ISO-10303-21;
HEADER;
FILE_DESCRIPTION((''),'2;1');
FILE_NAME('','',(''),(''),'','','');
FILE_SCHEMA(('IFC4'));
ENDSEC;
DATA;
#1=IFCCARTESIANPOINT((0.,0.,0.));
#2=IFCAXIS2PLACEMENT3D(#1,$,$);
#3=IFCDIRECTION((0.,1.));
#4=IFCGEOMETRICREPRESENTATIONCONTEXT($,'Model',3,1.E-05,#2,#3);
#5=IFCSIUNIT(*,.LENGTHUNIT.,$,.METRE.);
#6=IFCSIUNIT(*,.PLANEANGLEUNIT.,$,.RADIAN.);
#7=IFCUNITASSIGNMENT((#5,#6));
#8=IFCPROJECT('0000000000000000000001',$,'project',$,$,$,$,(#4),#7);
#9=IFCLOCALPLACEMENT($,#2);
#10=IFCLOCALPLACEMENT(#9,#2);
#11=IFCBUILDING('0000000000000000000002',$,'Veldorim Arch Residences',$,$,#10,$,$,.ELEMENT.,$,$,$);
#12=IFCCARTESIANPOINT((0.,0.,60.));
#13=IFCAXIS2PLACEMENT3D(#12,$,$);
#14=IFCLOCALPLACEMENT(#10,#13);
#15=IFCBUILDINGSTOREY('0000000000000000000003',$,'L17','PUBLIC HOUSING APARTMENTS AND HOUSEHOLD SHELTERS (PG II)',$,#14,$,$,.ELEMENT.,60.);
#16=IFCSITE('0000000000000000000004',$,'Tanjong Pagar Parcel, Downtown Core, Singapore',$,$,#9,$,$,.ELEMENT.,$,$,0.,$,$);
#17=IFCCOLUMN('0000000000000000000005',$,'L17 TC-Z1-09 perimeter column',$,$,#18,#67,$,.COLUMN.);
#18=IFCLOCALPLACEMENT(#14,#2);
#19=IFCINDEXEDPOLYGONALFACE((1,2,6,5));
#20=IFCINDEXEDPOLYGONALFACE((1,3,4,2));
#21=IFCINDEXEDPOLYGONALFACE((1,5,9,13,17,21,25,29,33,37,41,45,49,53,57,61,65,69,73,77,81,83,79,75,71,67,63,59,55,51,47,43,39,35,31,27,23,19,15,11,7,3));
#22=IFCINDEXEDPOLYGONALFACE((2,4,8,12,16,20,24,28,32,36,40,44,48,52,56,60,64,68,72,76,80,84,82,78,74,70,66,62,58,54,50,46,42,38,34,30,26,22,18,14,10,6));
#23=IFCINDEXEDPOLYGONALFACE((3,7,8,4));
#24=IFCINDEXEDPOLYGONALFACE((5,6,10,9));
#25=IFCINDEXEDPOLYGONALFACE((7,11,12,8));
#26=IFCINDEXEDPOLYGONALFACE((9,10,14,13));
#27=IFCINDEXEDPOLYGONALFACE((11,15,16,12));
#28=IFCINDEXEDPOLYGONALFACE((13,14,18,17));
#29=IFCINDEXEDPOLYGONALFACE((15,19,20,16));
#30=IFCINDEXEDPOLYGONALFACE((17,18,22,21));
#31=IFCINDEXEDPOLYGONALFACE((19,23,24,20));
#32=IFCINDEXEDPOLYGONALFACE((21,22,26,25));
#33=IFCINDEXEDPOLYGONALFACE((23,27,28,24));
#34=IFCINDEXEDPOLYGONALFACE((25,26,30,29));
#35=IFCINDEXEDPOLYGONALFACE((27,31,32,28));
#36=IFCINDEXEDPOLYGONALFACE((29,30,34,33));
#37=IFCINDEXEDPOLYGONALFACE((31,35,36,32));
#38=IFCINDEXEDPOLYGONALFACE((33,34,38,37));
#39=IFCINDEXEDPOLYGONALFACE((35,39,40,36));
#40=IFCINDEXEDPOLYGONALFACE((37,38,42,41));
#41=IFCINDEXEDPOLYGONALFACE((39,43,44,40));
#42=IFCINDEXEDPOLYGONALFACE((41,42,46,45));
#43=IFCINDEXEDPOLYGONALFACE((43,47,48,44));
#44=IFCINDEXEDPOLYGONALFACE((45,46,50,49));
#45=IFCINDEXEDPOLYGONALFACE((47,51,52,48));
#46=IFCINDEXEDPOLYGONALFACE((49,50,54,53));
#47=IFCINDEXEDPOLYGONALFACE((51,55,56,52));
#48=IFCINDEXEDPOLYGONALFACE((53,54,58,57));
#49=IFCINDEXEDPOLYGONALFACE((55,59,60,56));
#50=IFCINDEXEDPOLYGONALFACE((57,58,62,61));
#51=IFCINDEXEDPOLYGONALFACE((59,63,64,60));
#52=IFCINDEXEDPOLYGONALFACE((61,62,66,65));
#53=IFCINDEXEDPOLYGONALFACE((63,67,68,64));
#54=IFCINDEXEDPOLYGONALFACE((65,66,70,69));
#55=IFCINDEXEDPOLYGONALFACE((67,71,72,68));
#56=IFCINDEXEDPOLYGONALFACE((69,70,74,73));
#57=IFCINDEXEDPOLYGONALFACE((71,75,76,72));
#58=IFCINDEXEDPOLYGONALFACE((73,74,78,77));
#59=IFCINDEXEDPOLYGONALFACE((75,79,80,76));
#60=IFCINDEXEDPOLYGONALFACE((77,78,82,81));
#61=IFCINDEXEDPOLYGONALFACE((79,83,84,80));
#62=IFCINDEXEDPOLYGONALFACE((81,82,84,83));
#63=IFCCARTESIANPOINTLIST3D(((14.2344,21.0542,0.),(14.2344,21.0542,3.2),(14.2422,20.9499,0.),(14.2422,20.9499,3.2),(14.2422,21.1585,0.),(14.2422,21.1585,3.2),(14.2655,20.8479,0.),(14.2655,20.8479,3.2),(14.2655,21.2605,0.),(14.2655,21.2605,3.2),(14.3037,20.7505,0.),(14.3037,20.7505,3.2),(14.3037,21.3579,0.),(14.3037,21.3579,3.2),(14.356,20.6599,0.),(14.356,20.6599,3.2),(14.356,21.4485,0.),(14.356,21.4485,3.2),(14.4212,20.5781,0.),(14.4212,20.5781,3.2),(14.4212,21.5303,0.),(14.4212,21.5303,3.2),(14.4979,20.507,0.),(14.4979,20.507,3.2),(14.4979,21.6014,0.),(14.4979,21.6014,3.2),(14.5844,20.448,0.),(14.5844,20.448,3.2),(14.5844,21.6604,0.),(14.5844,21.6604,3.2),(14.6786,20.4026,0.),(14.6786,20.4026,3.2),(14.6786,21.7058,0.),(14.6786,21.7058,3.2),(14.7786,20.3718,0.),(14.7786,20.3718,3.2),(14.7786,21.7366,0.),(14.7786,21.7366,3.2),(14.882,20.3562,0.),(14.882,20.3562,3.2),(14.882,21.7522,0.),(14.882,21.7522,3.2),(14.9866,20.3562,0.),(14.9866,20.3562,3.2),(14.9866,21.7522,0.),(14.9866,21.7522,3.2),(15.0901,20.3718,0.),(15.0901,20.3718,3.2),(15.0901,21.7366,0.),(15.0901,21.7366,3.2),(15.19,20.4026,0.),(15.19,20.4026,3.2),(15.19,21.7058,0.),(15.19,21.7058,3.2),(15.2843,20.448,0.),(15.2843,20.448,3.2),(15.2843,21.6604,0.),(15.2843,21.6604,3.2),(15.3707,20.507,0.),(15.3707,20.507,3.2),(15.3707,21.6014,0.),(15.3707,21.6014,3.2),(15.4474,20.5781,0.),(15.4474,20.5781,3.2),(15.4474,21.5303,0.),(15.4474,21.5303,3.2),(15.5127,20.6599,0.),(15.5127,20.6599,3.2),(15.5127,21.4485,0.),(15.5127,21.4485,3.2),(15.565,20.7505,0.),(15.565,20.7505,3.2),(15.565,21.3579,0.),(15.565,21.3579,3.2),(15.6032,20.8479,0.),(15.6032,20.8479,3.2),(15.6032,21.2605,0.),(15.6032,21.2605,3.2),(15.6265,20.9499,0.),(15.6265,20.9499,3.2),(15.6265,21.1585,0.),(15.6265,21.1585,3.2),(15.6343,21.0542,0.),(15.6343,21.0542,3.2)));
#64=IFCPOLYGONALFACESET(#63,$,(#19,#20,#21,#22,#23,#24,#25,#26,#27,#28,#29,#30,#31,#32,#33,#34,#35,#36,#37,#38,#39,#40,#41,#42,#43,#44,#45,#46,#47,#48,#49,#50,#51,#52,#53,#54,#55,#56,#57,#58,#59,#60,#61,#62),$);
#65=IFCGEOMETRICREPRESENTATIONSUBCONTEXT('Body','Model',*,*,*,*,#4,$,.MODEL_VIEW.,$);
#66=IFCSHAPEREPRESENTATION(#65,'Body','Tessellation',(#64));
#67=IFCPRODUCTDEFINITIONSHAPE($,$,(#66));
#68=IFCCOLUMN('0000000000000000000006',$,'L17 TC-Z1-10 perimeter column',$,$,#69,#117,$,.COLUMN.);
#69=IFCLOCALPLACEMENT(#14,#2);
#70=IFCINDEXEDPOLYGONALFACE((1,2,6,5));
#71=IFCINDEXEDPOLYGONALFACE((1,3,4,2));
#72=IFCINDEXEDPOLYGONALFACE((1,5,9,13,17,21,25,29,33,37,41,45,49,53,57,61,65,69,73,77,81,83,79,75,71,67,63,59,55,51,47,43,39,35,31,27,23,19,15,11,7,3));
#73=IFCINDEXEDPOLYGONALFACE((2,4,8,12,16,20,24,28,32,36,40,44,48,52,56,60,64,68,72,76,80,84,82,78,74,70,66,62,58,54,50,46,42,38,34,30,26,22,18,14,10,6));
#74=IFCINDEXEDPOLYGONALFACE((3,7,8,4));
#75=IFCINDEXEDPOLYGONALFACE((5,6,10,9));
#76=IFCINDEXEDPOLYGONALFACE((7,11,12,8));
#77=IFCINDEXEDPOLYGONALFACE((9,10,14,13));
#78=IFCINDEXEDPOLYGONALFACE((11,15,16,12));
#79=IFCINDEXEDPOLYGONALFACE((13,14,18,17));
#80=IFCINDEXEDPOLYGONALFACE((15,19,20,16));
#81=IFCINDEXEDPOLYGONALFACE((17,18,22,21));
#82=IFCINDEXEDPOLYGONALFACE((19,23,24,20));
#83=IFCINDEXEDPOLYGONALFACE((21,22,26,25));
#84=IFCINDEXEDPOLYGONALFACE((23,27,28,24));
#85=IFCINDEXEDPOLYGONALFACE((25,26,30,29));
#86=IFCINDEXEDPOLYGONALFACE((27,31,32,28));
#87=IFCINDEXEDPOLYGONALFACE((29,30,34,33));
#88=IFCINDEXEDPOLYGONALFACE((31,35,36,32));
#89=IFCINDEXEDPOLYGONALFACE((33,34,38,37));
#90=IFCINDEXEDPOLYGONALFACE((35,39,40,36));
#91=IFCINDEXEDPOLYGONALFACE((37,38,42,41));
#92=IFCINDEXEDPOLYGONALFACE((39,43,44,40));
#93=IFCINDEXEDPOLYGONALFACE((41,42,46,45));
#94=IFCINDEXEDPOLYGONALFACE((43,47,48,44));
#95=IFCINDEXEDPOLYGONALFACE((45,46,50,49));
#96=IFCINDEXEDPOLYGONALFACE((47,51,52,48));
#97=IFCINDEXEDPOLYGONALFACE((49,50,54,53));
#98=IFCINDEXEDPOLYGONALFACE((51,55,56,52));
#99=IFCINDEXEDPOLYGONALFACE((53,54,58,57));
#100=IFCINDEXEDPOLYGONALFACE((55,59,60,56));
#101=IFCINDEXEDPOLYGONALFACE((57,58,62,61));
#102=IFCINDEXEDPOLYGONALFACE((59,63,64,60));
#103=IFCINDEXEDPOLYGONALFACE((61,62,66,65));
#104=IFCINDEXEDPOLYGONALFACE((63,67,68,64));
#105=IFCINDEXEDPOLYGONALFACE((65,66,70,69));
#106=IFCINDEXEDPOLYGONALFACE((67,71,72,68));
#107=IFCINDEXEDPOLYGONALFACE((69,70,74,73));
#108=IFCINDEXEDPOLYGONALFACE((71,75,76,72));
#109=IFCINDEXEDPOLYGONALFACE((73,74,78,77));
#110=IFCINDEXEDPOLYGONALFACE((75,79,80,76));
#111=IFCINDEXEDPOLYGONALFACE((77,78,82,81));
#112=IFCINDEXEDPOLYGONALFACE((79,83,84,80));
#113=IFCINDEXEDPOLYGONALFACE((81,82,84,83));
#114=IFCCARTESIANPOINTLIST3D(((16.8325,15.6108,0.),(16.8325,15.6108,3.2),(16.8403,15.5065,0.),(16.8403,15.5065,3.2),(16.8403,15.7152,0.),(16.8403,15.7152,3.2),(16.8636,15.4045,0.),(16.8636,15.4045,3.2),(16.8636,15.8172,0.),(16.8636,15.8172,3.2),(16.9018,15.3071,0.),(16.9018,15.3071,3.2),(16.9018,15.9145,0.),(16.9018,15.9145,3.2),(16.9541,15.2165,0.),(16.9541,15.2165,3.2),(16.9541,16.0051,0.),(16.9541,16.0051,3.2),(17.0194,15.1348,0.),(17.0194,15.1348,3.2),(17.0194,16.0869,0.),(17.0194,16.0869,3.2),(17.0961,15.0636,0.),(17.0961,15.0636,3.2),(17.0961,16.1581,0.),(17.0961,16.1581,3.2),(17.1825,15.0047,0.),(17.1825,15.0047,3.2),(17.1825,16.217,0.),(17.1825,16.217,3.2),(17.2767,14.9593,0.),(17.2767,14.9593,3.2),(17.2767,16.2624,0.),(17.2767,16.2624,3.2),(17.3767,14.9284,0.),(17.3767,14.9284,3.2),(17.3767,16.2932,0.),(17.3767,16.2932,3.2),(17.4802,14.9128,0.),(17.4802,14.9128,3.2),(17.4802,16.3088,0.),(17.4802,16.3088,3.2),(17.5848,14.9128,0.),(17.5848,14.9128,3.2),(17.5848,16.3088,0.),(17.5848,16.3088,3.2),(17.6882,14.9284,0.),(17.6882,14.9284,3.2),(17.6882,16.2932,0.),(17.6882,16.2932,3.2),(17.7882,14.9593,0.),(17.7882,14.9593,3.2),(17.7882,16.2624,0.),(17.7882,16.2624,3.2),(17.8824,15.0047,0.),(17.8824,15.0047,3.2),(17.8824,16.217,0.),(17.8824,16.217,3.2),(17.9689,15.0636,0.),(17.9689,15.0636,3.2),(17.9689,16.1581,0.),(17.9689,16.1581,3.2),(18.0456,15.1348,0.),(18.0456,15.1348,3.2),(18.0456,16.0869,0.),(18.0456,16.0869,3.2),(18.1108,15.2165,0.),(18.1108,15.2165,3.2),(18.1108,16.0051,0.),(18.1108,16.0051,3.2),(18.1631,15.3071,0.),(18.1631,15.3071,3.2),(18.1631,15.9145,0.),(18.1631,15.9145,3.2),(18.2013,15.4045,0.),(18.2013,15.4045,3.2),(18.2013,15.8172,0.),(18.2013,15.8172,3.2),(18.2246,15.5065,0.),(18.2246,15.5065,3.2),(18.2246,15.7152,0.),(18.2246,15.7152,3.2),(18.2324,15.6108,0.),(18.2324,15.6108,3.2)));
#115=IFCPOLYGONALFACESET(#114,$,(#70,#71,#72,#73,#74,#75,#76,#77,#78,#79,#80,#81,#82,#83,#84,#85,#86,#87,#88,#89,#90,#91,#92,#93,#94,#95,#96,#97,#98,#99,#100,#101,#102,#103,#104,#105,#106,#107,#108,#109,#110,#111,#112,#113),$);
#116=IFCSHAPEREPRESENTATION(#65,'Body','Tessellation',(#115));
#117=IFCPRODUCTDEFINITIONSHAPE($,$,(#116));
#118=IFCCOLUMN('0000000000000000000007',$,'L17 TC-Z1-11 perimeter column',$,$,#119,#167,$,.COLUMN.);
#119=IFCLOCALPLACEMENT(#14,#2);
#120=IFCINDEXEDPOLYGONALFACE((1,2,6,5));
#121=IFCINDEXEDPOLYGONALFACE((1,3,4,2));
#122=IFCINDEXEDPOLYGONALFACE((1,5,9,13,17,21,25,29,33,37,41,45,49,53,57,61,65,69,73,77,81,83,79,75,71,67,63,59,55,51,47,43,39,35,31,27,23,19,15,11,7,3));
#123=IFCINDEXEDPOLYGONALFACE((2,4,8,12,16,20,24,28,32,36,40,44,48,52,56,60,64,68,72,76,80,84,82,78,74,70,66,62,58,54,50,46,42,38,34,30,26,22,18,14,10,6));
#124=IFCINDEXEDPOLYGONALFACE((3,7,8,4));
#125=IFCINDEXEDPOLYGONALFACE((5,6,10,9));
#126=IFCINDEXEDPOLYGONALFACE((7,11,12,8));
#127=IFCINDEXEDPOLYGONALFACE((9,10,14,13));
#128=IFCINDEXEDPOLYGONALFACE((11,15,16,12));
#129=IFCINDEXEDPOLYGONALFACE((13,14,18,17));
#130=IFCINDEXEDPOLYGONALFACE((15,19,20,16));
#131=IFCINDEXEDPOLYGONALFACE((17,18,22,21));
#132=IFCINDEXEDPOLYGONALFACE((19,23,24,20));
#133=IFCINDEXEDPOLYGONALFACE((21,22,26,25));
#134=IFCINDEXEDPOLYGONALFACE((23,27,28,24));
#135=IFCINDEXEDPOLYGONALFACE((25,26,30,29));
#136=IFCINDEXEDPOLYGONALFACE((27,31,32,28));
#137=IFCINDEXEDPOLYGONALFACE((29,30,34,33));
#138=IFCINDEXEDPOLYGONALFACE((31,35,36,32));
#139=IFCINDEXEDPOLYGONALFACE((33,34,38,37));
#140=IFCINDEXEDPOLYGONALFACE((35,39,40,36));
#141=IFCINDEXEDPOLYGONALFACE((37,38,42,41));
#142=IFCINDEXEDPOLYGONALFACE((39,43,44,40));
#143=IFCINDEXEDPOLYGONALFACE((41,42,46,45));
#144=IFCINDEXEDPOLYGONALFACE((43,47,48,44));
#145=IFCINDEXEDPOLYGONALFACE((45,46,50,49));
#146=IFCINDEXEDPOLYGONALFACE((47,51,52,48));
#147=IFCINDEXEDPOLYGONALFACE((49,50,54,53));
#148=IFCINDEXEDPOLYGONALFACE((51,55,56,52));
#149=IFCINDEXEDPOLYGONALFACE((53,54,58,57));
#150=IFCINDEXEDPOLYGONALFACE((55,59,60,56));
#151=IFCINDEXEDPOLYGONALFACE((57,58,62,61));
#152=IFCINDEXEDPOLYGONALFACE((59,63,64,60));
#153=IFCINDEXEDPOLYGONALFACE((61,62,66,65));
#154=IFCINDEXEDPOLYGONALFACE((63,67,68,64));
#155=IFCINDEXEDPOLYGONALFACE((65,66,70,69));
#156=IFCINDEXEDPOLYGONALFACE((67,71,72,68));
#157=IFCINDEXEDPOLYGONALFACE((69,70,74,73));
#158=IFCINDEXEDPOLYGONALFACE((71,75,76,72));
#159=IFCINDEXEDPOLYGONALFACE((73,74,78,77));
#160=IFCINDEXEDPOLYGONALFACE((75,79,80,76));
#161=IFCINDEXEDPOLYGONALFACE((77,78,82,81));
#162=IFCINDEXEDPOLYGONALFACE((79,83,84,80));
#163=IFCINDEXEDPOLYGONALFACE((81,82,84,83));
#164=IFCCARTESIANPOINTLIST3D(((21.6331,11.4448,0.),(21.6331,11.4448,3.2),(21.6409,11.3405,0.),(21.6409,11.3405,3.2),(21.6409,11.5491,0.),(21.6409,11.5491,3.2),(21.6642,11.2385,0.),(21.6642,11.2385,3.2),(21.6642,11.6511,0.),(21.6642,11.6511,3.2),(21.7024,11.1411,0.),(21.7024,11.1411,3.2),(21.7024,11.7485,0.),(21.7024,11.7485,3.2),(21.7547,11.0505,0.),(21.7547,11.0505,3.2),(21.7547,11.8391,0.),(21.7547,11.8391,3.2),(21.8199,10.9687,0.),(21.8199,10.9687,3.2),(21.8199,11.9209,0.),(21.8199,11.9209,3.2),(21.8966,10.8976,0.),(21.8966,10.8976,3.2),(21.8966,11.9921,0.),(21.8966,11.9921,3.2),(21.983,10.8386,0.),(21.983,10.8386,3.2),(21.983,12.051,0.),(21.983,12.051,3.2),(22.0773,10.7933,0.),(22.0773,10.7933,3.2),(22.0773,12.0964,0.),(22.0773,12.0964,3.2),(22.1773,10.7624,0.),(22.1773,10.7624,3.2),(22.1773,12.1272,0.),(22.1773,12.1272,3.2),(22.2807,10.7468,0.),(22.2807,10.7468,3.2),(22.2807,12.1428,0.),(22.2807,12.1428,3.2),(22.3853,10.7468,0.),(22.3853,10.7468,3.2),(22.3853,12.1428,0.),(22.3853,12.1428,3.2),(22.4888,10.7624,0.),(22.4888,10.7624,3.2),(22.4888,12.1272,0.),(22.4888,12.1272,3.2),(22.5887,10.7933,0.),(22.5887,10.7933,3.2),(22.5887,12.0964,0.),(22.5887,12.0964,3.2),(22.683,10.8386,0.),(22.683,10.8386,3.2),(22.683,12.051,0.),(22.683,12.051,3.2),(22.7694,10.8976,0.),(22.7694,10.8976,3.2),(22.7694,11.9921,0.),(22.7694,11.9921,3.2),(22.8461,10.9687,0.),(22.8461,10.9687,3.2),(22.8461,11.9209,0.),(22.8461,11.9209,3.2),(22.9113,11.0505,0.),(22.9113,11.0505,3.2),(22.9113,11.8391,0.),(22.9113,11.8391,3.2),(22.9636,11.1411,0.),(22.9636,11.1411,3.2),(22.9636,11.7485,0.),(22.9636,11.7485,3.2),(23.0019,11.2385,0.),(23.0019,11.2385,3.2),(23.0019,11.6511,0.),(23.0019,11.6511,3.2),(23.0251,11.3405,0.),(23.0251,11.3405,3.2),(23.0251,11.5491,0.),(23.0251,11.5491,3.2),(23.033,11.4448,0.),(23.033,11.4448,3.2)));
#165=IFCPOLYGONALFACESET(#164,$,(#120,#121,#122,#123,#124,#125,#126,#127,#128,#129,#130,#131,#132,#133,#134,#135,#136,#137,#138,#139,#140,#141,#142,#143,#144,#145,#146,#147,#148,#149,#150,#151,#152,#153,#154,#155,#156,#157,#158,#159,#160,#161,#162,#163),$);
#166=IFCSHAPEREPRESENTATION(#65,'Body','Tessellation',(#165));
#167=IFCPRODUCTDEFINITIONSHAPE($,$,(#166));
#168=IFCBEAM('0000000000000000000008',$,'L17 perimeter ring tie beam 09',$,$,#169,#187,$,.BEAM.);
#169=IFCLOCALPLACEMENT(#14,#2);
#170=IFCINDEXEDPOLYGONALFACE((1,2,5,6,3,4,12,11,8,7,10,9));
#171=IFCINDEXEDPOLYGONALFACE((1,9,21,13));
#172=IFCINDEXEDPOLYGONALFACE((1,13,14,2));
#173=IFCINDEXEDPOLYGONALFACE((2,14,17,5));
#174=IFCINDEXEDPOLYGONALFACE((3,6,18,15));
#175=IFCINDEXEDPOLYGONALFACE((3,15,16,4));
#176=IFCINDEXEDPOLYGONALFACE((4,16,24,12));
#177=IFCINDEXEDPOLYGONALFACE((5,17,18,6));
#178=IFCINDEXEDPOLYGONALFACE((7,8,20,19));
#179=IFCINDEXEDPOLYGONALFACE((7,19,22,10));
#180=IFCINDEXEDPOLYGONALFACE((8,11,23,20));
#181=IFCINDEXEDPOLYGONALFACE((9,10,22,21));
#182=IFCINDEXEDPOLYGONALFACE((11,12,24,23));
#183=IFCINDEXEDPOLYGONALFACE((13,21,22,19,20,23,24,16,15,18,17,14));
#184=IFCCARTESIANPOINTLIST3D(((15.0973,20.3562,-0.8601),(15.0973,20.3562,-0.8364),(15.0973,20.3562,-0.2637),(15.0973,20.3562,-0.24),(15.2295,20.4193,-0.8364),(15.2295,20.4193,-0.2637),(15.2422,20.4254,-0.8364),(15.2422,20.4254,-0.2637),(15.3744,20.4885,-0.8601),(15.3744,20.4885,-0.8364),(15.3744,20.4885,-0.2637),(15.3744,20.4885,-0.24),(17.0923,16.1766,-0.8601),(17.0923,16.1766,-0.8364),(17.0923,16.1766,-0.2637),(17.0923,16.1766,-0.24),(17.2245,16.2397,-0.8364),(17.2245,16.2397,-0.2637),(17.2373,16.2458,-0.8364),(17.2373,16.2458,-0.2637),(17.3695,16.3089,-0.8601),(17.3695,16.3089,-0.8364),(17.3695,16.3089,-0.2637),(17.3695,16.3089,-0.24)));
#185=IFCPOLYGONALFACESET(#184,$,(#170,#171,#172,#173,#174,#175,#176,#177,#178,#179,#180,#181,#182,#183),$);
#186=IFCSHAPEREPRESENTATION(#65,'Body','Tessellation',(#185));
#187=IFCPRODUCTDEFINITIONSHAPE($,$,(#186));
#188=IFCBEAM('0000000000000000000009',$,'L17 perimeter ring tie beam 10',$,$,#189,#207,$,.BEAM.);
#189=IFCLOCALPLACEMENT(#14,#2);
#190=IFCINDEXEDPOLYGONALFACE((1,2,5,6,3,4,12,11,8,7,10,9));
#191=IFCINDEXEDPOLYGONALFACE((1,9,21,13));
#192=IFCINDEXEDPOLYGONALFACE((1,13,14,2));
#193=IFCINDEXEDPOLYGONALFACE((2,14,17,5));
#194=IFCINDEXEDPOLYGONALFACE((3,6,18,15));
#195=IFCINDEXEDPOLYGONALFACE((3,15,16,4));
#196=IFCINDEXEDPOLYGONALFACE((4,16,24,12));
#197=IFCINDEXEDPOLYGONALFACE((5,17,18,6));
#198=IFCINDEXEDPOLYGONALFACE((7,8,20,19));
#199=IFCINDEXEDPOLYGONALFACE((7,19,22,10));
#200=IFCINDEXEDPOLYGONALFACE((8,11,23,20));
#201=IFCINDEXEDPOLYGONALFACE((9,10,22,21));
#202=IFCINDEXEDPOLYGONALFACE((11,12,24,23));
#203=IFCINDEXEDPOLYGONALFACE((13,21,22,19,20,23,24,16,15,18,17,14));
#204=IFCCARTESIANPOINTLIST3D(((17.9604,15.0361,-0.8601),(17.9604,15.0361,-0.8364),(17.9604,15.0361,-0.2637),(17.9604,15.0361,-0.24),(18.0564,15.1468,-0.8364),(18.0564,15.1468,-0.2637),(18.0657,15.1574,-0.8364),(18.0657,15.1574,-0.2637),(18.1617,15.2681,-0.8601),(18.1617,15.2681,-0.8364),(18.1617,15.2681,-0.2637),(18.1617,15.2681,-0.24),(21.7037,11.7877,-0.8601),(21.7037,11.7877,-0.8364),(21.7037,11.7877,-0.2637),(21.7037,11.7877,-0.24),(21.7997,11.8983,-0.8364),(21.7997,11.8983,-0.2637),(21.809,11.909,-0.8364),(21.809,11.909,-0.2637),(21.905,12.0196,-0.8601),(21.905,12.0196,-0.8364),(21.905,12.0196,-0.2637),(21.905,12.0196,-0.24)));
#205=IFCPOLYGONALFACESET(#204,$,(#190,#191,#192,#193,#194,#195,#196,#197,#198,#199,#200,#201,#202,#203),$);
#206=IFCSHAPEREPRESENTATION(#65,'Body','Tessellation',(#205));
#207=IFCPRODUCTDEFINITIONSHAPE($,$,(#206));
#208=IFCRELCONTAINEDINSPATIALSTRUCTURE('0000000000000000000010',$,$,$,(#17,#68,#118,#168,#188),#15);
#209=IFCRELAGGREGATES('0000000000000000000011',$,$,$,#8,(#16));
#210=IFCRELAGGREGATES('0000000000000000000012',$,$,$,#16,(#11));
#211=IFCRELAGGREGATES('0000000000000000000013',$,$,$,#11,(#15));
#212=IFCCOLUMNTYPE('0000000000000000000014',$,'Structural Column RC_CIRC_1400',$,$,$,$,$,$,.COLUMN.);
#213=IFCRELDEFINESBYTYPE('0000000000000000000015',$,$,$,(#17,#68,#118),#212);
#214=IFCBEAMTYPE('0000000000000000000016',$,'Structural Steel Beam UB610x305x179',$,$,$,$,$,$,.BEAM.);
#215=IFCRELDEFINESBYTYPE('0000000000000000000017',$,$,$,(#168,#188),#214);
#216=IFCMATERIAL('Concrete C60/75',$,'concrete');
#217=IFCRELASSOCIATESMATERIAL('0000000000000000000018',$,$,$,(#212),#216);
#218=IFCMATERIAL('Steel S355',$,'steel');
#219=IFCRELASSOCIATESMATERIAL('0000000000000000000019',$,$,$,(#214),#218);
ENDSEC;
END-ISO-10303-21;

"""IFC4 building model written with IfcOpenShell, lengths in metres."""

from ifc_helpers import new_model, si_unit, direction, frame, origin, origin_2d, place, context, subcontext, project, spatial, circle, i_section, extrude, material, material_profile, profile_set, type_object, element, save


model = new_model("IFC4")

# Units and contexts
model_context = context("Model", 3, precision=1e-05, world=origin(), true_north=direction((0.0, 1.0)))
body_context = subcontext(model_context, "Body", "Model", "MODEL_VIEW")
ifc_project = project(units=[si_unit("LENGTHUNIT", "METRE"), si_unit("PLANEANGLEUNIT", "RADIAN")], contexts=[model_context])

# Site, building, storey
site_placement = place(None, origin())
site = spatial("IfcSite", under=ifc_project, at=site_placement, Name="Tanjong Pagar Parcel, Downtown Core, Singapore", CompositionType="ELEMENT", RefElevation=0.0)
building_placement = place(site_placement, origin())
building = spatial("IfcBuilding", under=site, at=building_placement, Name="Veldorim Arch Residences", CompositionType="ELEMENT")
storey_placement = place(building_placement, frame((0.0, 0.0, 60.0)))
storey = spatial("IfcBuildingStorey", under=building, at=storey_placement, Name="L17", Description="PUBLIC HOUSING APARTMENTS AND HOUSEHOLD SHELTERS (PG II)", CompositionType="ELEMENT", Elevation=60.0)

# Columns
ifc_material_1 = material(Name="Concrete C60/75", Category="concrete")
ifc_material_profile_1 = material_profile(ifc_material_1, circle(Radius=0.7, at=origin_2d()), Name="RC_CIRC_1400")
ifc_profile_set_1 = profile_set([ifc_material_profile_1], Name="Concrete C60/75")
column_type = type_object("IfcColumnType", Name="Structural Column RC_CIRC_1400", PredefinedType="COLUMN", material=ifc_profile_set_1)
for number, where, z_axis, x_axis, name in (
    (1, (14.9343, 21.0542, 0.0), (0.0, 0.0, 1.0), (1.0, 0.0, 0.0), "L17 TC-Z1-09 perimeter column"),
    (2, (17.5325, 15.6108, 0.0), (0.0, 0.0, 1.0), (1.0, 0.0, 0.0), "L17 TC-Z1-10 perimeter column"),
    (3, (22.333, 11.4448, 0.0), (0.0, 0.0, 1.0), (1.0, 0.0, 0.0), "L17 TC-Z1-11 perimeter column"),
):
    element("IfcColumn", number, at=place(storey_placement, frame(where, z_axis=z_axis, x_axis=x_axis)), inside=storey, type_object=column_type, Name=name, PredefinedType="COLUMN", context=body_context, shape_type="SweptSolid", body=[
        extrude(circle(Radius=0.7, at=origin_2d()), origin(), (0.0, 0.0, 1.0), 3.2),
    ])

# Beams
ifc_material_2 = material(Name="Steel S355", Category="steel")
ifc_material_profile_2 = material_profile(ifc_material_2, i_section(OverallWidth=0.3071, OverallDepth=0.6201, WebThickness=0.0142, FlangeThickness=0.0237, at=origin_2d()), Name="UB610x305x179")
ifc_profile_set_2 = profile_set([ifc_material_profile_2], Name="Steel S355")
beam_type_1 = type_object("IfcBeamType", Name="Structural Steel Beam UB610x305x179", PredefinedType="BEAM", material=ifc_profile_set_2)
beam_1_placement = place(storey_placement, frame((15.2358, 20.4224, -0.55), z_axis=(0.430776, -0.902459, 0.0), x_axis=(0.902459, 0.430776, 0.0)))
element("IfcBeam", 4, at=beam_1_placement, inside=storey, type_object=beam_type_1, Name="L17 perimeter ring tie beam 09", PredefinedType="BEAM", context=body_context, shape_type="SweptSolid", body=[
    extrude(i_section(OverallWidth=0.3071, OverallDepth=0.6201, WebThickness=0.0142, FlangeThickness=0.0237, at=origin_2d()), origin(), (0.0, 0.0, 1.0), 4.6313),
])
beam_2_placement = place(storey_placement, frame((18.061, 15.1521, -0.55), z_axis=(0.755265, -0.65542, 0.0), x_axis=(0.65542, 0.755265, 0.0)))
element("IfcBeam", 5, at=beam_2_placement, inside=storey, type_object=beam_type_1, Name="L17 perimeter ring tie beam 10", PredefinedType="BEAM", context=body_context, shape_type="SweptSolid", body=[
    extrude(i_section(OverallWidth=0.3071, OverallDepth=0.6201, WebThickness=0.0142, FlangeThickness=0.0237, at=origin_2d()), origin(), (0.0, 0.0, 1.0), 4.9563),
])

save(model, "model.ifc")
